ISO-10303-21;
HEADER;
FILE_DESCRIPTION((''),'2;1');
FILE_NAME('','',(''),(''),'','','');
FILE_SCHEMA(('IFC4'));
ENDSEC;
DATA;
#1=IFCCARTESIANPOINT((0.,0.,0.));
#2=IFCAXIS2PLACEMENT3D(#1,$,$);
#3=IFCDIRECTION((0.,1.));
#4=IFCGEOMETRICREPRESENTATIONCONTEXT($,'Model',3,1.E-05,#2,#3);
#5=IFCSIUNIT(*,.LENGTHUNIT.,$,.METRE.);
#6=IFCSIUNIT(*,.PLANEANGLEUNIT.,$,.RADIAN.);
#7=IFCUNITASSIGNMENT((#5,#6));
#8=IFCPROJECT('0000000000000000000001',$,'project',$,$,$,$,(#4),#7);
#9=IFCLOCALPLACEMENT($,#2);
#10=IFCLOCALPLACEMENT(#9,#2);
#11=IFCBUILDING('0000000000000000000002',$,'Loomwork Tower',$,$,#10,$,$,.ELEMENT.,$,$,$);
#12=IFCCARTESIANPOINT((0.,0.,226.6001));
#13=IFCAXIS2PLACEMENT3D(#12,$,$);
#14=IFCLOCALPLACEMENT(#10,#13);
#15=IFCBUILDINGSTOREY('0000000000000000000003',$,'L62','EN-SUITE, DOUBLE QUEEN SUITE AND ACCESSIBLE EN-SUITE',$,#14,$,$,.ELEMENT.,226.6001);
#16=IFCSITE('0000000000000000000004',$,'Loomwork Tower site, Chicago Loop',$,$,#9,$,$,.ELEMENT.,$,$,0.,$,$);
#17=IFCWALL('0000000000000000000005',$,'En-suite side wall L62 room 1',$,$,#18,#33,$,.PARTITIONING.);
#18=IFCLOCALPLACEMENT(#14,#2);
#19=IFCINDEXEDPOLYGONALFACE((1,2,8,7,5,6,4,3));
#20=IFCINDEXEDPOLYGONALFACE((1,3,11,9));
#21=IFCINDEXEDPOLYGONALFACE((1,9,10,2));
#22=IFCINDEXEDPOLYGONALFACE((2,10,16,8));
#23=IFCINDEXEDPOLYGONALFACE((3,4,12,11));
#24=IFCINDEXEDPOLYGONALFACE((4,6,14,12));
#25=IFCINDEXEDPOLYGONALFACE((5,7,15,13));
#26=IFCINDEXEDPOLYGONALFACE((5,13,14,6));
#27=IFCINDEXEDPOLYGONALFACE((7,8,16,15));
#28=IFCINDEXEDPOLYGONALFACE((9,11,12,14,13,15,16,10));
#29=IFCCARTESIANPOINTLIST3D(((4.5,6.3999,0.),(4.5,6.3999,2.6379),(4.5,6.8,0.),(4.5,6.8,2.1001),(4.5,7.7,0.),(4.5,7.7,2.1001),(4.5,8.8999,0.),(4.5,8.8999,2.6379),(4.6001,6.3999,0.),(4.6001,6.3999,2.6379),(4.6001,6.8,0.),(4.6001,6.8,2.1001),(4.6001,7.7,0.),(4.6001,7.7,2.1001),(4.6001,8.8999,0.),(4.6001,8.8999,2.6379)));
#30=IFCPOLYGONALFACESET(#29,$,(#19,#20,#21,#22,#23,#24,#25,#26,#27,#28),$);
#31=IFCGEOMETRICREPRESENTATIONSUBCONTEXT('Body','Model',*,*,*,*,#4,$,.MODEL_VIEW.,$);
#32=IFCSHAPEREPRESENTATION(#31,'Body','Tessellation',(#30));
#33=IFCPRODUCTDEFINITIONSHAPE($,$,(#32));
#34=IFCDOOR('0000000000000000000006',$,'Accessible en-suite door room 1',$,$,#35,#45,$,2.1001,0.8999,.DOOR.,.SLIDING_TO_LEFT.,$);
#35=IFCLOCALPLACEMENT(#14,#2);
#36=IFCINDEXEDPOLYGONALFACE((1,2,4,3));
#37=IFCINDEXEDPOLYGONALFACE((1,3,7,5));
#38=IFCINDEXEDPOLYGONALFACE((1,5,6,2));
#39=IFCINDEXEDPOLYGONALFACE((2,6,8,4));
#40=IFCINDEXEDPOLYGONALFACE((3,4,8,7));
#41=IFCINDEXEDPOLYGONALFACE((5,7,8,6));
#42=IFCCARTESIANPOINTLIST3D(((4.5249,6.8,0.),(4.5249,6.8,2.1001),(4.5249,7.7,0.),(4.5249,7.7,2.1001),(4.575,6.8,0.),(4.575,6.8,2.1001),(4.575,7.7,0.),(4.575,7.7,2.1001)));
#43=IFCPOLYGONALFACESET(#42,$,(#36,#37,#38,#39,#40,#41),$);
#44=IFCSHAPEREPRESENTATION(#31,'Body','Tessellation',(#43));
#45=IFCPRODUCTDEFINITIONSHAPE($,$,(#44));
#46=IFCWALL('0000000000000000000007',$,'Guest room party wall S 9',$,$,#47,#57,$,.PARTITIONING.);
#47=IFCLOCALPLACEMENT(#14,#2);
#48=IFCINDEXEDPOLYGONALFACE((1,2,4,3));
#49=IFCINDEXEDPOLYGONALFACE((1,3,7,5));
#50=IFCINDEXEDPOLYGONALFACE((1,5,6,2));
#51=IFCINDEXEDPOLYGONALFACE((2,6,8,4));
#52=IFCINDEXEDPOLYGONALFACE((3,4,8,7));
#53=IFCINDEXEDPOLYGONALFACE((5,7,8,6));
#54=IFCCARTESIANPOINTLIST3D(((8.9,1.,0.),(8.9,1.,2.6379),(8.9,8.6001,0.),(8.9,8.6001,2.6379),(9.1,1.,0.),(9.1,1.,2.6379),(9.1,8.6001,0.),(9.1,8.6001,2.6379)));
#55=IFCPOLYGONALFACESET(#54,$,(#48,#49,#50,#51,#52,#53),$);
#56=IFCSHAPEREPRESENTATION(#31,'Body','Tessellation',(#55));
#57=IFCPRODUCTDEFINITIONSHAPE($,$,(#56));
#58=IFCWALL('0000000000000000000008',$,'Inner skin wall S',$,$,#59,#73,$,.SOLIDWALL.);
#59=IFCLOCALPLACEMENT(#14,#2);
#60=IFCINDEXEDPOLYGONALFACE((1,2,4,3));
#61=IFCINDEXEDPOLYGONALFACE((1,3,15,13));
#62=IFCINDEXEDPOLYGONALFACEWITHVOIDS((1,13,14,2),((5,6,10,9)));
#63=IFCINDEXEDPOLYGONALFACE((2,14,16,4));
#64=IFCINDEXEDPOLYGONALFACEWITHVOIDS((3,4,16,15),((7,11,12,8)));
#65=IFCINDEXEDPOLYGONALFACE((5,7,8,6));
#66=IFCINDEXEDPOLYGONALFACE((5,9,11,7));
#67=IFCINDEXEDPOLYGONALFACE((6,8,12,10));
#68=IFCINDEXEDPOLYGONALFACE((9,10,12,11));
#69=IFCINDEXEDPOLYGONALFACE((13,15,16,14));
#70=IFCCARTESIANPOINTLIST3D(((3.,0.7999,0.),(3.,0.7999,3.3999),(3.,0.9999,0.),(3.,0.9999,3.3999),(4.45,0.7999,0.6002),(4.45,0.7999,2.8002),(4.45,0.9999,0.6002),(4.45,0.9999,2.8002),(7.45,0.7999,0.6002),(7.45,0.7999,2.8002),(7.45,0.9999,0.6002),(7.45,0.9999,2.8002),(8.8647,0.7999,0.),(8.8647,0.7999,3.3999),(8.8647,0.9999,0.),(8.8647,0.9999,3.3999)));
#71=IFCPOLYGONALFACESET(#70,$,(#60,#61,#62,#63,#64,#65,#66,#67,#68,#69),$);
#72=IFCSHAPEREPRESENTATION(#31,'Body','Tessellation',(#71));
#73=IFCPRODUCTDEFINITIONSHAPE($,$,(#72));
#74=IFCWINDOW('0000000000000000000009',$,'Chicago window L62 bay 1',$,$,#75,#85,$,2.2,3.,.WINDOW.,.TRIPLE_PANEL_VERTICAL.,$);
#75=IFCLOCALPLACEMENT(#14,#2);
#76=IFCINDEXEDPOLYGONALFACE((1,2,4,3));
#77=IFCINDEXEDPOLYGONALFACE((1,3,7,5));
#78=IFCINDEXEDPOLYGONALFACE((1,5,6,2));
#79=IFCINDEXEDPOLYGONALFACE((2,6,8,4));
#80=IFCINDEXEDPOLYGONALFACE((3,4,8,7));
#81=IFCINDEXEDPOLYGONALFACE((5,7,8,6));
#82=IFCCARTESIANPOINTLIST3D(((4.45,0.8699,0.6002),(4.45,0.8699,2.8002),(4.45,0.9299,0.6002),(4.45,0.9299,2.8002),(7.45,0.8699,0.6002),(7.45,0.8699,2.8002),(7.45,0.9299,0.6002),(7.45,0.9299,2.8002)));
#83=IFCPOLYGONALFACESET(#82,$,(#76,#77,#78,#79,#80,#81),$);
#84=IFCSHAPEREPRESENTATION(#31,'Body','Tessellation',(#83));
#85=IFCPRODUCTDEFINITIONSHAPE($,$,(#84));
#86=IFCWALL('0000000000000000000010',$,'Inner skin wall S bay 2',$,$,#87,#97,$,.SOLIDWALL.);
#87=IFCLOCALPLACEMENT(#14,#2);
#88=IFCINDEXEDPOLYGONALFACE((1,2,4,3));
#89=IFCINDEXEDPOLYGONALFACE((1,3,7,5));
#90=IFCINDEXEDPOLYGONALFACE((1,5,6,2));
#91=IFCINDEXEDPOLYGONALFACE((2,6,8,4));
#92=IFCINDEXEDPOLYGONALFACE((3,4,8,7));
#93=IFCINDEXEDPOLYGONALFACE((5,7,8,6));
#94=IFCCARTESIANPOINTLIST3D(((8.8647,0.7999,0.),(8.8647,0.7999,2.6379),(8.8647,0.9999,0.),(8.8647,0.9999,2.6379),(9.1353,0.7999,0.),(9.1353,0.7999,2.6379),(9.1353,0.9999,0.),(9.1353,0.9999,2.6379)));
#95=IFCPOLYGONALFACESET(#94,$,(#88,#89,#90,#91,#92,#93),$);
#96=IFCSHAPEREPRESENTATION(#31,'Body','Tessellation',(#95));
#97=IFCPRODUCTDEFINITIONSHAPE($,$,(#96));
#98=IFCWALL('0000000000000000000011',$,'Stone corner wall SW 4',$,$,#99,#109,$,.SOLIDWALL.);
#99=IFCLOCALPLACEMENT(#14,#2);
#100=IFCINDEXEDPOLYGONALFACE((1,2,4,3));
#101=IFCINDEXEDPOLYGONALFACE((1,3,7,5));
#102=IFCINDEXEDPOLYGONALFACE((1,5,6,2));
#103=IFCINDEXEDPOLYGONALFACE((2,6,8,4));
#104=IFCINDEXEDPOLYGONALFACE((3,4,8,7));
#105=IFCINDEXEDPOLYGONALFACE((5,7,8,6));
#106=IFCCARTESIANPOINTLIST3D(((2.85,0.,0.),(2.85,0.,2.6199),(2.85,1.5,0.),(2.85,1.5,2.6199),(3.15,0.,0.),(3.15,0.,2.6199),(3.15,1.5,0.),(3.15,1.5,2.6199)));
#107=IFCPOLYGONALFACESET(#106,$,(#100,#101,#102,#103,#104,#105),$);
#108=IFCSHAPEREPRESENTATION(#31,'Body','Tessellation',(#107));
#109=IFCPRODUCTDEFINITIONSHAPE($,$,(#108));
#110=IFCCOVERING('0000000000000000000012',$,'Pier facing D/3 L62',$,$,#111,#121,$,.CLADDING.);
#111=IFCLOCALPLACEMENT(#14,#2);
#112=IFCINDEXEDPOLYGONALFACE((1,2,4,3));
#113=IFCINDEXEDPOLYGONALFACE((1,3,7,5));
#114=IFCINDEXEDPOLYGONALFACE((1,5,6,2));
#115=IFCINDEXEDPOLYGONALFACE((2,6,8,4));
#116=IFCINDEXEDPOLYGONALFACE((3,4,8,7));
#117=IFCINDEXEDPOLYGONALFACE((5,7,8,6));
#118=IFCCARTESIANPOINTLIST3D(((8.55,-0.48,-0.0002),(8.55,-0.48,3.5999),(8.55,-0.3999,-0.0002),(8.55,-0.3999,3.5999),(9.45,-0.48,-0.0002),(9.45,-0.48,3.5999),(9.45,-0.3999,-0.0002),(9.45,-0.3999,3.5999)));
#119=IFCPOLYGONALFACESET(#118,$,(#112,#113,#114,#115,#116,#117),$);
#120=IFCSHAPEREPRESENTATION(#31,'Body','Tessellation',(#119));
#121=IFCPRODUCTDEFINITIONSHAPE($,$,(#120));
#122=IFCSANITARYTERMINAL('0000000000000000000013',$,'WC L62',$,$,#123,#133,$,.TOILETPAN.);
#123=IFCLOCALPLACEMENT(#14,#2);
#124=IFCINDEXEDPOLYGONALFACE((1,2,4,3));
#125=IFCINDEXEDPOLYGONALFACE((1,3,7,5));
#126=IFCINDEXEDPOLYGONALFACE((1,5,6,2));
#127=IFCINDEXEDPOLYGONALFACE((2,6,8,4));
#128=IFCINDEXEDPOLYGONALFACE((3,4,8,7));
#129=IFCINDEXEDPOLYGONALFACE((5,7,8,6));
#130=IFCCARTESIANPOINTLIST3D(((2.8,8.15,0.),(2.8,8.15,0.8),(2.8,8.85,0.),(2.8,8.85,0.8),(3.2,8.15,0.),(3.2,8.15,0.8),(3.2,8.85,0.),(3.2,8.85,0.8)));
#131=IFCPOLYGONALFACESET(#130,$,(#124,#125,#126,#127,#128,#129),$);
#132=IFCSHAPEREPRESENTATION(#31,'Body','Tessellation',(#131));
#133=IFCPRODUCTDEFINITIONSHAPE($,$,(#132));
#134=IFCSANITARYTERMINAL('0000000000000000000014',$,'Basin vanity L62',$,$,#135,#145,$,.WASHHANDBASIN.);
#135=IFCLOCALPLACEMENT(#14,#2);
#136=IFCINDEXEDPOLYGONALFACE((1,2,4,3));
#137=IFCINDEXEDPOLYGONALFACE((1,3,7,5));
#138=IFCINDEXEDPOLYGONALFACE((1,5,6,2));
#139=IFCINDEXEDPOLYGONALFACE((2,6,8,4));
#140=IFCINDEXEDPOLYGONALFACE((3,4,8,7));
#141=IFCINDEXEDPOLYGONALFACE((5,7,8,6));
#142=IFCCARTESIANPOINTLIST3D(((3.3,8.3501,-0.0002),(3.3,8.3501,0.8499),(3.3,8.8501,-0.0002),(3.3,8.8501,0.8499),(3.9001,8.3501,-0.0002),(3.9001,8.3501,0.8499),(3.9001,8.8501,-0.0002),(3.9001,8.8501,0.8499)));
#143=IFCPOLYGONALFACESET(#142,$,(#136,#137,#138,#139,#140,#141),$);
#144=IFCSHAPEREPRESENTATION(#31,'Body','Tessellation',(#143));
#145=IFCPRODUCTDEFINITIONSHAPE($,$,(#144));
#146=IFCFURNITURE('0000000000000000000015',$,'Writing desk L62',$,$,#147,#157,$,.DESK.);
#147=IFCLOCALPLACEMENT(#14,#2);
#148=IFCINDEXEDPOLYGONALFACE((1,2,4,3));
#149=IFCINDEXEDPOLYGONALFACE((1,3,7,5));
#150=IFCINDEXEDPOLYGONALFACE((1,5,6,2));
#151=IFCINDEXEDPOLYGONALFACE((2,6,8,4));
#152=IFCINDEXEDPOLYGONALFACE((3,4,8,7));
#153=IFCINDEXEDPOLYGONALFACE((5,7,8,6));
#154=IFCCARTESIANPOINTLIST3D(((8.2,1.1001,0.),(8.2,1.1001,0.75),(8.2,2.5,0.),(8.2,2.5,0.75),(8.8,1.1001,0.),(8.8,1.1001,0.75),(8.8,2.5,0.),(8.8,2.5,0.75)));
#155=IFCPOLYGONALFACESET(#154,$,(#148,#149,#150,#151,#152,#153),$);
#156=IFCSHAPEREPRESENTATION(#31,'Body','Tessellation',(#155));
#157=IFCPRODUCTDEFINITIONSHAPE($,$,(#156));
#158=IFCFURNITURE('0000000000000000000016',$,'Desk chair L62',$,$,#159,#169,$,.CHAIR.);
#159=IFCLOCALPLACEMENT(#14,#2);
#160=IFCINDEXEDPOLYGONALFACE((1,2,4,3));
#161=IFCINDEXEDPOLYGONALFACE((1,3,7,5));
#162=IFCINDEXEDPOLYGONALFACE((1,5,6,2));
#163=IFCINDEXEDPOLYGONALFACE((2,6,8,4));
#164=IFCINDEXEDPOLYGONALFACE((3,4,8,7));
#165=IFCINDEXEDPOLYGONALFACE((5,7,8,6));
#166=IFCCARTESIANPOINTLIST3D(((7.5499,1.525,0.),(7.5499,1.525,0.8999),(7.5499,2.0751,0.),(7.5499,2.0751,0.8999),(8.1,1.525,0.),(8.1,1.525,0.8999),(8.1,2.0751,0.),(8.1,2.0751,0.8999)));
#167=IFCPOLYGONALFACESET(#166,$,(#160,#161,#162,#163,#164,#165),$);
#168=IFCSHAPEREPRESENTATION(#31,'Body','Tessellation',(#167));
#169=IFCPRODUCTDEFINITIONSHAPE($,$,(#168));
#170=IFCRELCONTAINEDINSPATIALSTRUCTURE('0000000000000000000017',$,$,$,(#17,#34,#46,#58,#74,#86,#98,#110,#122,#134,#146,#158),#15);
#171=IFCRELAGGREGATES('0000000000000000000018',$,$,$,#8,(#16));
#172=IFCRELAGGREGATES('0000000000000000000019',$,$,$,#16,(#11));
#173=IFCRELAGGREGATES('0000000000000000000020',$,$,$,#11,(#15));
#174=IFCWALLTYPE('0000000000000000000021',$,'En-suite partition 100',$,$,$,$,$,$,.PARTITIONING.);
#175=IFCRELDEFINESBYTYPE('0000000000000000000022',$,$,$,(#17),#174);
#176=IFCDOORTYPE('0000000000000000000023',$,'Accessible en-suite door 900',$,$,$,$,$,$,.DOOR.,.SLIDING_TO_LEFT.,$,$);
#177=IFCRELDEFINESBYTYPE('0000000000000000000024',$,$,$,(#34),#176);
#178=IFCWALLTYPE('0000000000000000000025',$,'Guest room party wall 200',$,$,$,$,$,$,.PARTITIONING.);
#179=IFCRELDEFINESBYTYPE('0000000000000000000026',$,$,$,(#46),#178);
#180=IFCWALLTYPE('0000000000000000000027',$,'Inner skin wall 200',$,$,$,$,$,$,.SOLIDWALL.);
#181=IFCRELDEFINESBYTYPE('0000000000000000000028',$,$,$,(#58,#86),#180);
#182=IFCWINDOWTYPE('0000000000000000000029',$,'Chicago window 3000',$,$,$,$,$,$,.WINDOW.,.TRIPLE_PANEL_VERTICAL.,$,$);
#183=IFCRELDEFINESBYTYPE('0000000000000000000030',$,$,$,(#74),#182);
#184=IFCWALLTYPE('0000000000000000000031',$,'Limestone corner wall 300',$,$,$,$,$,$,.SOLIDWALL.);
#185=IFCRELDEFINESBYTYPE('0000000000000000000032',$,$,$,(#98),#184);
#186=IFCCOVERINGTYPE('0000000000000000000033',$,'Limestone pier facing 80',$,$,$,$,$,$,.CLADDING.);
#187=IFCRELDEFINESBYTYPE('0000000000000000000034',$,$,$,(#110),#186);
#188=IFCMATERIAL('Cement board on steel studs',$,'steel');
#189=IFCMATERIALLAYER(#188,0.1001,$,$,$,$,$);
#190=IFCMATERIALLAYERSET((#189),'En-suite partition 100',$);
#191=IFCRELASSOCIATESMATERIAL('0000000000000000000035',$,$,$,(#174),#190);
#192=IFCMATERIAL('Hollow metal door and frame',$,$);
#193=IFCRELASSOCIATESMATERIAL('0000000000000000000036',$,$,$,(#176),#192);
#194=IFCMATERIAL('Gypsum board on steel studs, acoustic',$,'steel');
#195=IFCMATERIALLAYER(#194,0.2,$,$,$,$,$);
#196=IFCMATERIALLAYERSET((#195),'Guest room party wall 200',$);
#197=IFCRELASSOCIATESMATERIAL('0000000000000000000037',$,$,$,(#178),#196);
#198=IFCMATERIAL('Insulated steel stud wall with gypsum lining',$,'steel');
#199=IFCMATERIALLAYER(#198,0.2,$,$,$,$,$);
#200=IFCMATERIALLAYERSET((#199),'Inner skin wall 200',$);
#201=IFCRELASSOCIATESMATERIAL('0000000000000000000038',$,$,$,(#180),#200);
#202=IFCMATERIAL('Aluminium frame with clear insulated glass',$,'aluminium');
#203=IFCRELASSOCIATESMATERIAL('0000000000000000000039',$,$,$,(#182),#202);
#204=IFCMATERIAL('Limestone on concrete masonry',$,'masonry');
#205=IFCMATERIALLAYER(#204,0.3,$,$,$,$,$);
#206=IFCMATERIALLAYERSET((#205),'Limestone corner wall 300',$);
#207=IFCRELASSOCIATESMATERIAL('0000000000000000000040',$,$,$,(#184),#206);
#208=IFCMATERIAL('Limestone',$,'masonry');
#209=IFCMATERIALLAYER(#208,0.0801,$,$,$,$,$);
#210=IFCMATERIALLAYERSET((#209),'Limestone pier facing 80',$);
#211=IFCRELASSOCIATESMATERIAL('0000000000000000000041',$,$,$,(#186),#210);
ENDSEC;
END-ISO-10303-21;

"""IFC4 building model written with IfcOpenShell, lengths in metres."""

from ifc_helpers import new_model, si_unit, direction, frame, frame_2d, origin, origin_2d, place, context, subcontext, project, spatial, rectangle, extrude, material, layer, layer_set, type_object, element, fill, save


model = new_model("IFC4")

# Units and contexts
model_context = context("Model", 3, precision=1e-05, world=origin(), true_north=direction((0.0, 1.0)))
body_context = subcontext(model_context, "Body", "Model", "MODEL_VIEW")
ifc_project = project(units=[si_unit("LENGTHUNIT", "METRE"), si_unit("PLANEANGLEUNIT", "RADIAN")], contexts=[model_context])

# Site, building, storey
site_placement = place(None, origin())
site = spatial("IfcSite", under=ifc_project, at=site_placement, Name="Loomwork Tower site, Chicago Loop", CompositionType="ELEMENT", RefElevation=0.0)
building_placement = place(site_placement, origin())
building = spatial("IfcBuilding", under=site, at=building_placement, Name="Loomwork Tower", CompositionType="ELEMENT")
storey_placement = place(building_placement, frame((0.0, 0.0, 226.6001)))
storey = spatial("IfcBuildingStorey", under=building, at=storey_placement, Name="L62", Description="EN-SUITE, DOUBLE QUEEN SUITE AND ACCESSIBLE EN-SUITE", CompositionType="ELEMENT", Elevation=226.6001)

# Wall, opening, door
ifc_material_1 = material(Name="Cement board on steel studs", Category="steel")
ifc_layer_1 = layer(ifc_material_1, 0.1001)
ifc_layer_set_1 = layer_set([ifc_layer_1], Name="En-suite partition 100")
wall_type_1 = type_object("IfcWallType", Name="En-suite partition 100", PredefinedType="PARTITIONING", material=ifc_layer_set_1)
wall_1_placement = place(storey_placement, frame((4.55, 8.8999, 0.0), z_axis=(0.0, 0.0, 1.0), x_axis=(0.0, -1.0, 0.0)))
wall_1 = element("IfcWall", 1, at=wall_1_placement, inside=storey, type_object=wall_type_1, Name="En-suite side wall L62 room 1", PredefinedType="PARTITIONING", context=body_context, shape_type="SweptSolid", body=[
    extrude(rectangle(XDim=2.5, YDim=0.1001, at=frame_2d((1.25, 0.0))), origin(), (0.0, 0.0, 1.0), 2.6379),
])
opening_1_placement = place(wall_1_placement, frame((1.2, 0.0, 0.0)))
opening_1 = element("IfcOpeningElement", 2, at=opening_1_placement, cuts=wall_1, PredefinedType="OPENING", context=body_context, shape_type="SweptSolid", body=[
    extrude(rectangle(XDim=0.8999, YDim=2.1001, at=frame_2d((0.45, 1.05))), frame((0.0, 0.0601, 0.0), z_axis=(0.0, -1.0, 0.0), x_axis=(1.0, 0.0, 0.0)), (0.0, 0.0, 1.0), 0.1201),
])
ifc_material_2 = material(Name="Hollow metal door and frame")
door_type = type_object("IfcDoorType", Name="Accessible en-suite door 900", OperationType="SLIDING_TO_LEFT", PredefinedType="DOOR", material=ifc_material_2)
door_placement = place(opening_1_placement, origin())
door = element("IfcDoor", 3, at=door_placement, inside=storey, type_object=door_type, Name="Accessible en-suite door room 1", OperationType="SLIDING_TO_LEFT", OverallHeight=2.1001, OverallWidth=0.8999, PredefinedType="DOOR", context=body_context, shape_type="SweptSolid", body=[
    extrude(rectangle(XDim=0.8999, YDim=2.1001, at=frame_2d((0.45, 1.05))), frame((0.0, 0.0249, 0.0), z_axis=(0.0, -1.0, 0.0), x_axis=(1.0, 0.0, 0.0)), (0.0, 0.0, 1.0), 0.05),
])
fill(opening_1, door)

# Wall
ifc_material_3 = material(Name="Gypsum board on steel studs, acoustic", Category="steel")
ifc_layer_2 = layer(ifc_material_3, 0.2)
ifc_layer_set_2 = layer_set([ifc_layer_2], Name="Guest room party wall 200")
wall_type_2 = type_object("IfcWallType", Name="Guest room party wall 200", PredefinedType="PARTITIONING", material=ifc_layer_set_2)
wall_2_placement = place(storey_placement, frame((9.0, 8.6001, 0.0), z_axis=(0.0, 0.0, 1.0), x_axis=(0.0, -1.0, 0.0)))
element("IfcWall", 4, at=wall_2_placement, inside=storey, type_object=wall_type_2, Name="Guest room party wall S 9", PredefinedType="PARTITIONING", context=body_context, shape_type="SweptSolid", body=[
    extrude(rectangle(XDim=7.6001, YDim=0.2, at=frame_2d((3.8, 0.0))), origin(), (0.0, 0.0, 1.0), 2.6379),
])

# Wall, opening, window
ifc_material_4 = material(Name="Insulated steel stud wall with gypsum lining", Category="steel")
ifc_layer_3 = layer(ifc_material_4, 0.2)
ifc_layer_set_3 = layer_set([ifc_layer_3], Name="Inner skin wall 200")
wall_type_3 = type_object("IfcWallType", Name="Inner skin wall 200", PredefinedType="SOLIDWALL", material=ifc_layer_set_3)
wall_3_placement = place(storey_placement, frame((3.0, 0.8999, 0.0), z_axis=(0.0, 0.0, 1.0), x_axis=(1.0, 0.0, 0.0)))
wall_3 = element("IfcWall", 5, at=wall_3_placement, inside=storey, type_object=wall_type_3, Name="Inner skin wall S", PredefinedType="SOLIDWALL", context=body_context, shape_type="SweptSolid", body=[
    extrude(rectangle(XDim=5.8647, YDim=0.2, at=frame_2d((2.9324, 0.0))), origin(), (0.0, 0.0, 1.0), 3.3999),
])
opening_2_placement = place(wall_3_placement, frame((1.45, 0.0, 0.6001)))
opening_2 = element("IfcOpeningElement", 6, at=opening_2_placement, cuts=wall_3, PredefinedType="OPENING", context=body_context, shape_type="SweptSolid", body=[
    extrude(rectangle(XDim=3.0, YDim=2.2, at=frame_2d((1.5, 1.1001))), frame((0.0, 0.1099, 0.0), z_axis=(0.0, -1.0, 0.0), x_axis=(1.0, 0.0, 0.0)), (0.0, 0.0, 1.0), 0.22),
])
ifc_material_5 = material(Name="Aluminium frame with clear insulated glass", Category="aluminium")
window_type = type_object("IfcWindowType", Name="Chicago window 3000", PartitioningType="TRIPLE_PANEL_VERTICAL", PredefinedType="WINDOW", material=ifc_material_5)
window_placement = place(opening_2_placement, origin())
window = element("IfcWindow", 7, at=window_placement, inside=storey, type_object=window_type, Name="Chicago window L62 bay 1", OverallHeight=2.2, OverallWidth=3.0, PartitioningType="TRIPLE_PANEL_VERTICAL", PredefinedType="WINDOW", context=body_context, shape_type="SweptSolid", body=[
    extrude(rectangle(XDim=3.0, YDim=2.2, at=frame_2d((1.5, 1.1001))), frame((0.0, 0.03, 0.0), z_axis=(0.0, -1.0, 0.0), x_axis=(1.0, 0.0, 0.0)), (0.0, 0.0, 1.0), 0.0601),
])
fill(opening_2, window)

# Walls
wall_4_placement = place(storey_placement, frame((8.8647, 0.8999, 0.0), z_axis=(0.0, 0.0, 1.0), x_axis=(1.0, 0.0, 0.0)))
element("IfcWall", 8, at=wall_4_placement, inside=storey, type_object=wall_type_3, Name="Inner skin wall S bay 2", PredefinedType="SOLIDWALL", context=body_context, shape_type="SweptSolid", body=[
    extrude(rectangle(XDim=0.2705, YDim=0.2, at=frame_2d((0.1353, 0.0))), origin(), (0.0, 0.0, 1.0), 2.6379),
])
ifc_material_6 = material(Name="Limestone on concrete masonry", Category="masonry")
ifc_layer_4 = layer(ifc_material_6, 0.3)
ifc_layer_set_4 = layer_set([ifc_layer_4], Name="Limestone corner wall 300")
wall_type_4 = type_object("IfcWallType", Name="Limestone corner wall 300", PredefinedType="SOLIDWALL", material=ifc_layer_set_4)
wall_5_placement = place(storey_placement, frame((3.0, 1.5, 0.0), z_axis=(0.0, 0.0, 1.0), x_axis=(0.0, -1.0, 0.0)))
element("IfcWall", 9, at=wall_5_placement, inside=storey, type_object=wall_type_4, Name="Stone corner wall SW 4", PredefinedType="SOLIDWALL", context=body_context, shape_type="SweptSolid", body=[
    extrude(rectangle(XDim=1.5, YDim=0.3, at=frame_2d((0.75, 0.0))), origin(), (0.0, 0.0, 1.0), 2.6199),
])

# Covering
ifc_material_7 = material(Name="Limestone", Category="masonry")
ifc_layer_5 = layer(ifc_material_7, 0.0801)
ifc_layer_set_5 = layer_set([ifc_layer_5], Name="Limestone pier facing 80")
covering_type = type_object("IfcCoveringType", Name="Limestone pier facing 80", PredefinedType="CLADDING", material=ifc_layer_set_5)
covering_placement = place(storey_placement, frame((9.0, -0.4399, -0.0002), z_axis=(0.0, 0.0, 1.0), x_axis=(1.0, 0.0, 0.0)))
element("IfcCovering", 10, at=covering_placement, inside=storey, type_object=covering_type, Name="Pier facing D/3 L62", PredefinedType="CLADDING", context=body_context, shape_type="SweptSolid", body=[
    extrude(rectangle(XDim=0.8999, YDim=0.0801, at=origin_2d()), origin(), (0.0, 0.0, 1.0), 3.6001),
])

# Sanitary terminals
sanitary_terminal_1_placement = place(storey_placement, frame((3.0, 8.5, 0.0), z_axis=(0.0, 0.0, 1.0), x_axis=(1.0, 0.0, 0.0)))
element("IfcSanitaryTerminal", 11, at=sanitary_terminal_1_placement, inside=storey, Name="WC L62", PredefinedType="TOILETPAN", context=body_context, shape_type="SweptSolid", body=[
    extrude(rectangle(XDim=0.3999, YDim=0.7, at=origin_2d()), origin(), (0.0, 0.0, 1.0), 0.8),
])
sanitary_terminal_2_placement = place(storey_placement, frame((3.6001, 8.6001, -0.0002), z_axis=(0.0, 0.0, 1.0), x_axis=(1.0, 0.0, 0.0)))
element("IfcSanitaryTerminal", 12, at=sanitary_terminal_2_placement, inside=storey, Name="Basin vanity L62", PredefinedType="WASHHANDBASIN", context=body_context, shape_type="SweptSolid", body=[
    extrude(rectangle(XDim=0.6001, YDim=0.5, at=origin_2d()), origin(), (0.0, 0.0, 1.0), 0.8501),
])

# Furniture
furniture_1_placement = place(storey_placement, frame((8.5, 1.8, 0.0), z_axis=(0.0, 0.0, 1.0), x_axis=(1.0, 0.0, 0.0)))
element("IfcFurniture", 13, at=furniture_1_placement, inside=storey, Name="Writing desk L62", PredefinedType="DESK", context=body_context, shape_type="SweptSolid", body=[
    extrude(rectangle(XDim=0.6001, YDim=1.3999, at=origin_2d()), origin(), (0.0, 0.0, 1.0), 0.75),
])
furniture_2_placement = place(storey_placement, frame((7.825, 1.8, 0.0), z_axis=(0.0, 0.0, 1.0), x_axis=(1.0, 0.0, 0.0)))
element("IfcFurniture", 14, at=furniture_2_placement, inside=storey, Name="Desk chair L62", PredefinedType="CHAIR", context=body_context, shape_type="SweptSolid", body=[
    extrude(rectangle(XDim=0.55, YDim=0.55, at=origin_2d()), origin(), (0.0, 0.0, 1.0), 0.8999),
])

save(model, "model.ifc")
